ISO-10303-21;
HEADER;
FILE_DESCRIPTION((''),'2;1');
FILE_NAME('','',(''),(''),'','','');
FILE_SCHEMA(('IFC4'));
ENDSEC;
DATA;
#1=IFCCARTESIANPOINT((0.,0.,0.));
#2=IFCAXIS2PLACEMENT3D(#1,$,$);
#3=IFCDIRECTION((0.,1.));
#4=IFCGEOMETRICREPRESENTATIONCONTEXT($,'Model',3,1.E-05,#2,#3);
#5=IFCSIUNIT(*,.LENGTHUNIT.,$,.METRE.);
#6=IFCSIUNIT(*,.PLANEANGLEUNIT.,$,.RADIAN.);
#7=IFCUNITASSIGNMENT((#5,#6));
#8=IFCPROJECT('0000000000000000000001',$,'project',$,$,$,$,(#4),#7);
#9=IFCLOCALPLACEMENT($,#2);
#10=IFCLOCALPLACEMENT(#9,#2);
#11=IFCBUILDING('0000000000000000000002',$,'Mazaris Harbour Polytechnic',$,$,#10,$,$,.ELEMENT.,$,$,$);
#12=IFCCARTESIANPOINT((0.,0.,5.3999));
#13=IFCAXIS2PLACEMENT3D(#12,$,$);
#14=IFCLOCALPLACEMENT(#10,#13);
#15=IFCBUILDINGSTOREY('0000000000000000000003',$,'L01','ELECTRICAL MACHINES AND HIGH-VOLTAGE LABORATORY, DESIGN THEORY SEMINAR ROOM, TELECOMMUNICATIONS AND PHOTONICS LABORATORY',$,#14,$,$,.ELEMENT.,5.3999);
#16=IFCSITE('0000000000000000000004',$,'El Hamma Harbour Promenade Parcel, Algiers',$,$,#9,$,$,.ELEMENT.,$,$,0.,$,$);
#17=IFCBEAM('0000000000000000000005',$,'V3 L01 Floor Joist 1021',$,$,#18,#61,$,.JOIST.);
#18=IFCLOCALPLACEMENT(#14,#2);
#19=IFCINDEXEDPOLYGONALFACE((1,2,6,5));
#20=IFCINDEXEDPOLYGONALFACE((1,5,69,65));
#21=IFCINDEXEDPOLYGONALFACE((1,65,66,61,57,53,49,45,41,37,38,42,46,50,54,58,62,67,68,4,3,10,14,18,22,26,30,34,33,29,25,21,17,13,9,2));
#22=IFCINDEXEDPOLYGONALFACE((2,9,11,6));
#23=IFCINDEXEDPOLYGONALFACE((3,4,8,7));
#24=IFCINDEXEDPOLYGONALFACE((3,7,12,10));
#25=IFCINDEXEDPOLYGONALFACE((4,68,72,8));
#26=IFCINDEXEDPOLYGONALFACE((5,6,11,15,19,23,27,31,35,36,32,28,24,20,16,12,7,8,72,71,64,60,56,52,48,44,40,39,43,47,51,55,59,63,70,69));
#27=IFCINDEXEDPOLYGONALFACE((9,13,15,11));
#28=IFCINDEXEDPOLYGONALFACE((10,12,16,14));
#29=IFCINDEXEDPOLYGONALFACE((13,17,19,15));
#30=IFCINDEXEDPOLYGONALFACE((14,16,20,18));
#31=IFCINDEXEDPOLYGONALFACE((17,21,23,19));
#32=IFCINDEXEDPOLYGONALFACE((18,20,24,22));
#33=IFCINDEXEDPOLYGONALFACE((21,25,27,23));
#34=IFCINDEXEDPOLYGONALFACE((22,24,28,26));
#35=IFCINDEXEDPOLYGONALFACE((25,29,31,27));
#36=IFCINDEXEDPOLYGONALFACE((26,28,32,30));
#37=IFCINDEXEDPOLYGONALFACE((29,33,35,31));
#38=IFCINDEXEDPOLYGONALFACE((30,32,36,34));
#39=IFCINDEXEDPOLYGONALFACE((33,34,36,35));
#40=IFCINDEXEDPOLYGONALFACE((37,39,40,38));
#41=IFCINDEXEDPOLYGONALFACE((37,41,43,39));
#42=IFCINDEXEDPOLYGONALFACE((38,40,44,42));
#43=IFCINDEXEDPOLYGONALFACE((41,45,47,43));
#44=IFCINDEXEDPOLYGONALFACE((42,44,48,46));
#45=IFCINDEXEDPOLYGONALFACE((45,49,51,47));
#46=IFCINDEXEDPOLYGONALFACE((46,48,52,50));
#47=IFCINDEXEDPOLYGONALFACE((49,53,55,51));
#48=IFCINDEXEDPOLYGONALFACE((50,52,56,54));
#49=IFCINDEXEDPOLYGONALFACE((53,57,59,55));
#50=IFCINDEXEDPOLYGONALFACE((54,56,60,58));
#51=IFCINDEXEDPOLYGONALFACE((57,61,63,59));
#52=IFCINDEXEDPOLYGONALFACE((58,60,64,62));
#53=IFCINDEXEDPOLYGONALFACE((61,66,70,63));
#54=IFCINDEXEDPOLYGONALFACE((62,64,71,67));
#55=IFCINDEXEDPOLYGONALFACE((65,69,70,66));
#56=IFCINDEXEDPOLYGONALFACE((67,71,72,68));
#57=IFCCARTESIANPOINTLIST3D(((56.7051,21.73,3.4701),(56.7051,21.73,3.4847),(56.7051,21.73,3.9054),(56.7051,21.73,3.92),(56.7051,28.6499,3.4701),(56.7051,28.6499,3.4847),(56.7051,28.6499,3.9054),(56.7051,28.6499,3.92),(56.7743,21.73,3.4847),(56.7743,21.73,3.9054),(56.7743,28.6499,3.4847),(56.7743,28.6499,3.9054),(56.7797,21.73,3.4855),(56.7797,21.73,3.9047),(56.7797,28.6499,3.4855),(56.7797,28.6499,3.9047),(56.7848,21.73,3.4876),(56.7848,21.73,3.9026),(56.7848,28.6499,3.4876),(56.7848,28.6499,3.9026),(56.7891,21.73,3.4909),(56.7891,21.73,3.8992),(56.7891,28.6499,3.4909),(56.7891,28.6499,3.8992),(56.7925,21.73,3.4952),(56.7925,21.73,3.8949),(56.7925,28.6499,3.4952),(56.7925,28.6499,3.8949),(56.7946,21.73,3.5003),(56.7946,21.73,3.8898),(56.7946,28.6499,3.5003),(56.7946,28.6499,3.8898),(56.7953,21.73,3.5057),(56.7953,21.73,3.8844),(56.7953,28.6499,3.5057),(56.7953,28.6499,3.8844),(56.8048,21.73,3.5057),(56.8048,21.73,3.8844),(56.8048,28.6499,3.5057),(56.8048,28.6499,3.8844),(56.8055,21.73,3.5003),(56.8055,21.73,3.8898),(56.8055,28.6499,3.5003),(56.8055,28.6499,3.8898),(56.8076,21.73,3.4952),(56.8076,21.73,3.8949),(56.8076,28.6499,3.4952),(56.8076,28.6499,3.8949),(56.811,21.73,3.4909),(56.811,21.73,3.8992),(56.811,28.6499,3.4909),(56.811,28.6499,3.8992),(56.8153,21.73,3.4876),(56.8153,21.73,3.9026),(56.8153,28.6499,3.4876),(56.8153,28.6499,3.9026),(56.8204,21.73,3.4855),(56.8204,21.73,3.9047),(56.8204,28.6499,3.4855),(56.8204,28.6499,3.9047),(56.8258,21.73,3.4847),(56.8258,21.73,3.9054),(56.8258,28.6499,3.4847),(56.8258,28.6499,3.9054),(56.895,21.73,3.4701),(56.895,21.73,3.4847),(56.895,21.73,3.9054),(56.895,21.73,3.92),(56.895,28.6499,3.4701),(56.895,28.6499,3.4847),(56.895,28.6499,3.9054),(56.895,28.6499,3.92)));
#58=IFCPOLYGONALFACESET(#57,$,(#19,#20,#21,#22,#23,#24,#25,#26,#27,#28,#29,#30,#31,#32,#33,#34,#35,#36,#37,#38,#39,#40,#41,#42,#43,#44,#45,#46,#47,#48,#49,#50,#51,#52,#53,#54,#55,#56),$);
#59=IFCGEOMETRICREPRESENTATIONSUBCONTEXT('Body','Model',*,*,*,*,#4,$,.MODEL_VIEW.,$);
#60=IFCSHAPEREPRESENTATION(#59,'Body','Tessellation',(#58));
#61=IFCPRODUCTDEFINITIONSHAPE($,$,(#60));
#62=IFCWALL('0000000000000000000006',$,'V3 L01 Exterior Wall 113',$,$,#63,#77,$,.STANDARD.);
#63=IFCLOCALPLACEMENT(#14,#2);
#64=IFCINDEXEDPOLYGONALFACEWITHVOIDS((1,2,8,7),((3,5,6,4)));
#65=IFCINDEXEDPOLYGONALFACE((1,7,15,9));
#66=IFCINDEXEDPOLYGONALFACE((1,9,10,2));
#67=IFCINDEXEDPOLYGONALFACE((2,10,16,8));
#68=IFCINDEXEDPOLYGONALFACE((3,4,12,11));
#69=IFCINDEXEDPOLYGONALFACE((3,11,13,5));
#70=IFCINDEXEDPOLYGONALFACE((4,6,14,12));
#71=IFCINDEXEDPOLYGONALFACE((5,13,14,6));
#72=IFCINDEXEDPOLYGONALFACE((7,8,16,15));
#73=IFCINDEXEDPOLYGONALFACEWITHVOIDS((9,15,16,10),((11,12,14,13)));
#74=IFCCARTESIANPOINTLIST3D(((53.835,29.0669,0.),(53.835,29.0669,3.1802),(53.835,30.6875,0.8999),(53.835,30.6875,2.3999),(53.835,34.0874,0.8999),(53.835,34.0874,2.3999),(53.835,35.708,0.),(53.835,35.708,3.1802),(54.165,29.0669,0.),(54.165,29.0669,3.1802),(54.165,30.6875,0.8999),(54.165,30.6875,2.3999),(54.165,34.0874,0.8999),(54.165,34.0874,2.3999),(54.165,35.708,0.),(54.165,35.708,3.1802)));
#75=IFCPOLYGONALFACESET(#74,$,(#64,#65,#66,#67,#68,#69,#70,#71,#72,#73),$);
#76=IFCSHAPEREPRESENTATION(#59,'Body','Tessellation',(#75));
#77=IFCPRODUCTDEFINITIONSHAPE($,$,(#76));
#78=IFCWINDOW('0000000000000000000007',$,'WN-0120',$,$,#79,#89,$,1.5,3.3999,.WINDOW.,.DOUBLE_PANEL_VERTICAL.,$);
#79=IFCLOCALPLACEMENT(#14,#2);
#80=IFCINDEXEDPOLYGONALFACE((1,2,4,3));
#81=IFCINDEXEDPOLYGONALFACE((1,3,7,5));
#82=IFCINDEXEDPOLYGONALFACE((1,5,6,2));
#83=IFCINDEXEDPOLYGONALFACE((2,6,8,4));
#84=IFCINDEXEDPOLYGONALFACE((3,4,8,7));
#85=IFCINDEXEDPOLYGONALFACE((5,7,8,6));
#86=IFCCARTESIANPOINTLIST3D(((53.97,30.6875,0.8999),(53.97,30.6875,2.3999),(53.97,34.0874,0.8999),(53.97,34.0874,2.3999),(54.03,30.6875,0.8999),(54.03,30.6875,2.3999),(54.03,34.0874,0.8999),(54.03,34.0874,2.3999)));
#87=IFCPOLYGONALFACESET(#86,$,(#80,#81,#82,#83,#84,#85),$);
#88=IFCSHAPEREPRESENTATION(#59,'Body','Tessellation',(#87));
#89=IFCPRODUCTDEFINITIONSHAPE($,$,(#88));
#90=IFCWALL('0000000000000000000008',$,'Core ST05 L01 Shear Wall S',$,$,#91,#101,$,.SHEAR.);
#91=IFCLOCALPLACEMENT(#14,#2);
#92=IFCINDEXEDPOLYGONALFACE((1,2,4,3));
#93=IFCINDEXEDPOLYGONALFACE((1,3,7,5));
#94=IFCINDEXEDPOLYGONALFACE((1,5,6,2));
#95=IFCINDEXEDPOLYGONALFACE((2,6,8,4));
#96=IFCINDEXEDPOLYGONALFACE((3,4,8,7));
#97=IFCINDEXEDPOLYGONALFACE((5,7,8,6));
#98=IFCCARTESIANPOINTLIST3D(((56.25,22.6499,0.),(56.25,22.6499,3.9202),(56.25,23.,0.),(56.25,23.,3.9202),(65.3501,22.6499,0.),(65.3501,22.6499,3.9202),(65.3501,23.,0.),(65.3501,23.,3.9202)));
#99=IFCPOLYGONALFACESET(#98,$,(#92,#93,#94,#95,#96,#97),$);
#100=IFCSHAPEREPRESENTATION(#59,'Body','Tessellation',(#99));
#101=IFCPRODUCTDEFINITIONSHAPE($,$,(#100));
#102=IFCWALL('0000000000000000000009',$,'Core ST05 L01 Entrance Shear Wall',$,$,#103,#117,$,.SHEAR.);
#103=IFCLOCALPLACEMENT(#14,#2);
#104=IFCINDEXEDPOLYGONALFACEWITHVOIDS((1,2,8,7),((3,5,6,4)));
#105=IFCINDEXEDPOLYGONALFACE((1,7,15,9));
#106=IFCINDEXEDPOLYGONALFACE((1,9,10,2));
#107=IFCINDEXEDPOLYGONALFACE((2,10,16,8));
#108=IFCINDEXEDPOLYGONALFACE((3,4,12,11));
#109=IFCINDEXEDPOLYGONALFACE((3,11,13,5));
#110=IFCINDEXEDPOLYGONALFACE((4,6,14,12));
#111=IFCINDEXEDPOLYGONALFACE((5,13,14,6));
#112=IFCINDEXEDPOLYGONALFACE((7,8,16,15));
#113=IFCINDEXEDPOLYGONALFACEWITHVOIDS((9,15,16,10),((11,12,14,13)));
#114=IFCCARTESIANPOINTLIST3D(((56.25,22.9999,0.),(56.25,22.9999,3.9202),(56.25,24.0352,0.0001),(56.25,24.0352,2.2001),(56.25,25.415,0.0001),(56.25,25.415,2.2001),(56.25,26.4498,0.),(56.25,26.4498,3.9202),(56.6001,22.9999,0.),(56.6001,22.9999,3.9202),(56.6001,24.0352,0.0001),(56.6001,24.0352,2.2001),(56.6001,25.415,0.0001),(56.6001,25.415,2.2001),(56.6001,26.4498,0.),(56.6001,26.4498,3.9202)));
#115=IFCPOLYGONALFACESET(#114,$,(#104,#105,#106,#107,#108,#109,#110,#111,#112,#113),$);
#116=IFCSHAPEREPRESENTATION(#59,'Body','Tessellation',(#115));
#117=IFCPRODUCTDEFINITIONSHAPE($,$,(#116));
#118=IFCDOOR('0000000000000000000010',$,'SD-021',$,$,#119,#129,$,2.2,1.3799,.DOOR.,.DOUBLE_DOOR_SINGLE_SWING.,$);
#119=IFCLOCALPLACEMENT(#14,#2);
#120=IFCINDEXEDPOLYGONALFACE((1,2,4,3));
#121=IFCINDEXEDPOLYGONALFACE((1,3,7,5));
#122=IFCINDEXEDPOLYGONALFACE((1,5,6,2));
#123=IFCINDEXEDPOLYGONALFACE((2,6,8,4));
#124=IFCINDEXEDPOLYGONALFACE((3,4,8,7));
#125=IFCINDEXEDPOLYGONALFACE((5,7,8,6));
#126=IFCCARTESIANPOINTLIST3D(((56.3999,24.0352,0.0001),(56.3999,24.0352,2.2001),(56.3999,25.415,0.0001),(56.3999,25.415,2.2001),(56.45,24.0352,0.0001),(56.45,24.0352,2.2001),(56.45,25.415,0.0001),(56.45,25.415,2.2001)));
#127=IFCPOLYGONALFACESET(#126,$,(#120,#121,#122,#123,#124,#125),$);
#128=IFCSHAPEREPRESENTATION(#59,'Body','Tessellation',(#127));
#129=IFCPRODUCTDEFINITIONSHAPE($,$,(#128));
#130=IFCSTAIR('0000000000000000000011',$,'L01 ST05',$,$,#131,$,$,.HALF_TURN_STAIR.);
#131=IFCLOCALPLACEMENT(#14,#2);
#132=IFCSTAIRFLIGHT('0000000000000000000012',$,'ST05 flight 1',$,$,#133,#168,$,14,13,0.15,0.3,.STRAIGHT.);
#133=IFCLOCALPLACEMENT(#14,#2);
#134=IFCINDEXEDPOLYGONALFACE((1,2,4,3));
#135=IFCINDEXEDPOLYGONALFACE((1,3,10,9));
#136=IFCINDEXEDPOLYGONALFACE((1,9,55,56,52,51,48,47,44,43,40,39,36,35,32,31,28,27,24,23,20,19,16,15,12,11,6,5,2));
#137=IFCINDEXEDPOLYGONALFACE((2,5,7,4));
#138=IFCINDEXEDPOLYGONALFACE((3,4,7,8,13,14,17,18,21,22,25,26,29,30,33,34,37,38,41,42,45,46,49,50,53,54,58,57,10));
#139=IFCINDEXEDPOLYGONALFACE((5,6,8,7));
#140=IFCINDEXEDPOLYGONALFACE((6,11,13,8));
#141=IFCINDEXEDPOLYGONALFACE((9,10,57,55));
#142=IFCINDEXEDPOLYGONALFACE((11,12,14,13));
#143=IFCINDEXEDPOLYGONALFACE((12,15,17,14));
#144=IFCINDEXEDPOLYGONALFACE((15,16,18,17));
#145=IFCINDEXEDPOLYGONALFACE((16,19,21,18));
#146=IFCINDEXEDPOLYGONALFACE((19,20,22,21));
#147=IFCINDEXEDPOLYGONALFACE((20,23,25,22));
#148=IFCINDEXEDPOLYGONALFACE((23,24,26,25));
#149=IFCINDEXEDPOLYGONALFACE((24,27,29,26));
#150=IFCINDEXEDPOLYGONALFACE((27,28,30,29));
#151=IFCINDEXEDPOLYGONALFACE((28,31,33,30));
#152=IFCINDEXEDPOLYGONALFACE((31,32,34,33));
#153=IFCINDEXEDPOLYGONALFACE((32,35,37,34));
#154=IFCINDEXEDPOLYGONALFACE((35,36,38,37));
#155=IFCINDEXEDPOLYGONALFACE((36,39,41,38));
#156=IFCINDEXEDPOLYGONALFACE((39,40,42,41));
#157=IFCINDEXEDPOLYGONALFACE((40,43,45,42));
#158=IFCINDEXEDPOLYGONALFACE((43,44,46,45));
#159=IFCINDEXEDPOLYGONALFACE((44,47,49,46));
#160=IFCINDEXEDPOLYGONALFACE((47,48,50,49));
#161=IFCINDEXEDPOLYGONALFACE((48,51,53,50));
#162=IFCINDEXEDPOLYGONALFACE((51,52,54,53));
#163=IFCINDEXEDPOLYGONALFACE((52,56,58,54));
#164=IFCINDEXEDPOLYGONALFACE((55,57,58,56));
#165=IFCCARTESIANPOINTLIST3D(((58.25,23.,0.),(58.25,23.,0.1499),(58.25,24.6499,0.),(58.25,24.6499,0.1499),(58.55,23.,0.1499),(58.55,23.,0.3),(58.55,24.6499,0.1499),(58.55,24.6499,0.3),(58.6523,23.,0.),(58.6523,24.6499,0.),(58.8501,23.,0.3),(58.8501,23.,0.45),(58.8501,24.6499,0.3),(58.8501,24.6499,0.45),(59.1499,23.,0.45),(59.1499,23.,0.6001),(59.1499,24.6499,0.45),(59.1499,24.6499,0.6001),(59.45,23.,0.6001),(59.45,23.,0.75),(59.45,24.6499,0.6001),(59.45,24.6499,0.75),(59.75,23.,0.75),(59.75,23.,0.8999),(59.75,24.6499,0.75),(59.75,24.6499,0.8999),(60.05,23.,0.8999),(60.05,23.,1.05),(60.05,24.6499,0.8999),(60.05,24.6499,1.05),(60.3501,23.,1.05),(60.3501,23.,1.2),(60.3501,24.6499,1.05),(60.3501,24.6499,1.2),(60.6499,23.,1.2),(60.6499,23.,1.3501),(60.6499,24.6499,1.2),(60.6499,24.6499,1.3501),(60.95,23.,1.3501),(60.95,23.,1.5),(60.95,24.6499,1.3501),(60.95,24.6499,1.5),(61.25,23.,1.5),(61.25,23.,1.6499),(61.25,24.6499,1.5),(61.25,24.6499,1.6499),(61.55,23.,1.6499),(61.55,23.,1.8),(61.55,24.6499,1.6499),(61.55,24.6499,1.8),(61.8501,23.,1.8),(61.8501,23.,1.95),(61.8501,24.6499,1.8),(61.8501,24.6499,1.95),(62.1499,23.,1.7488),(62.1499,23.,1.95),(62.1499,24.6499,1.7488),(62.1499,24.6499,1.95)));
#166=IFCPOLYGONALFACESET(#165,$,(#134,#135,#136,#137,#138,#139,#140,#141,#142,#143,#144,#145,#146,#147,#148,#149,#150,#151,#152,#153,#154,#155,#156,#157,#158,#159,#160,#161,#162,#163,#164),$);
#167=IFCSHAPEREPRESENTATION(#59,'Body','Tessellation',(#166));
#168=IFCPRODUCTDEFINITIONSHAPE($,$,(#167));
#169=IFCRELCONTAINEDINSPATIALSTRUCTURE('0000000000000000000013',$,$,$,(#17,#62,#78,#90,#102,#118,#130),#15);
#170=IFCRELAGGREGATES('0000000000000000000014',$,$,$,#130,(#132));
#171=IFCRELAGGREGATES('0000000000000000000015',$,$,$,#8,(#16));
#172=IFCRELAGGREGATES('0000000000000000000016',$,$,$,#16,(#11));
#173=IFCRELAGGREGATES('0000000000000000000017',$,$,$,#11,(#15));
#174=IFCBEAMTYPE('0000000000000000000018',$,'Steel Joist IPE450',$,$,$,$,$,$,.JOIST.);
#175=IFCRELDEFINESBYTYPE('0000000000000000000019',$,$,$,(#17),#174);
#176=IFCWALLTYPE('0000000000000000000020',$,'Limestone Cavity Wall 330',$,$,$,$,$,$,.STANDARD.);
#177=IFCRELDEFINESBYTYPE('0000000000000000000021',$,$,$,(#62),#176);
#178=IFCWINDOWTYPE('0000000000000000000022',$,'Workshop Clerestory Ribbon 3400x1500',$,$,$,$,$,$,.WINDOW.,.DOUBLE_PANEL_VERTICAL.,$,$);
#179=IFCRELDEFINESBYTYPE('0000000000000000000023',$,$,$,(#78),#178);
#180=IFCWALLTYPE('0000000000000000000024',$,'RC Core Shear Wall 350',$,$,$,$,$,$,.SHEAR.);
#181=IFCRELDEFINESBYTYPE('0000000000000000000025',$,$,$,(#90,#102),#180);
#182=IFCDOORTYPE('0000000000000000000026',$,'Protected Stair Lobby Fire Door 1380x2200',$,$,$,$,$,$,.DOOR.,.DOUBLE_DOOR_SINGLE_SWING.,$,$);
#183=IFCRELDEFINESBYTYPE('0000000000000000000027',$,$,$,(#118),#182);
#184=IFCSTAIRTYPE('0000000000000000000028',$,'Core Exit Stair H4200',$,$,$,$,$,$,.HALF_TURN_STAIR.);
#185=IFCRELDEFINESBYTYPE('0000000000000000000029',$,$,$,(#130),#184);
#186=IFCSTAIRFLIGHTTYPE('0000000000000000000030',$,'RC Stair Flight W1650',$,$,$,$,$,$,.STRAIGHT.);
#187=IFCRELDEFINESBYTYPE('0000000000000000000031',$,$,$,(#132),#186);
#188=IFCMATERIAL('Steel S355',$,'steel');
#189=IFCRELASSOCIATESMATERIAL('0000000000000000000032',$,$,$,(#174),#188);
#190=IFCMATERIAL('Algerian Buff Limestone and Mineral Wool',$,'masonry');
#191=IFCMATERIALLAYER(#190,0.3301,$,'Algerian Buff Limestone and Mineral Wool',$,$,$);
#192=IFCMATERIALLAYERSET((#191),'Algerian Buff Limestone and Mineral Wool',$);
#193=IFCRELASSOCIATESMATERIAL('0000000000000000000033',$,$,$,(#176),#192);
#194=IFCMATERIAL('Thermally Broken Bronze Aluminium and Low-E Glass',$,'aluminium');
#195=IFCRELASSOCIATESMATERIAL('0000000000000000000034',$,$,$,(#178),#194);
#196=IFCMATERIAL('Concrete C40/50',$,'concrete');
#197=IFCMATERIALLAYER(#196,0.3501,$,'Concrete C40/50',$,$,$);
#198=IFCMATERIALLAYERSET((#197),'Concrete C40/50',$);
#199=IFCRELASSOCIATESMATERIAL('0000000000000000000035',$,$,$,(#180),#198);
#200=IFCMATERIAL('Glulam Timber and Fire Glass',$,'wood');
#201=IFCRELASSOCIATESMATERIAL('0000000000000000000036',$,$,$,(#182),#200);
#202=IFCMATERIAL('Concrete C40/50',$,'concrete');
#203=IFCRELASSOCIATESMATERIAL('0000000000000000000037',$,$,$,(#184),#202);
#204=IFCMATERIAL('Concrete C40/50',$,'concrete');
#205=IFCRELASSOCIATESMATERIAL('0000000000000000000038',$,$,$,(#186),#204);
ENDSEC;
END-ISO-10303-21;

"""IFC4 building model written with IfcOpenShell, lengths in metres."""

from ifc_helpers import new_model, si_unit, direction, frame, frame_2d, origin, origin_2d, place, context, subcontext, project, spatial, polyline, rectangle, i_section, outline, extrude, material, layer, layer_set, material_profile, profile_set, type_object, element, fill, aggregate, save


model = new_model("IFC4")

# Units and contexts
model_context = context("Model", 3, precision=1e-05, world=origin(), true_north=direction((0.0, 1.0)))
body_context = subcontext(model_context, "Body", "Model", "MODEL_VIEW")
ifc_project = project(units=[si_unit("LENGTHUNIT", "METRE"), si_unit("PLANEANGLEUNIT", "RADIAN")], contexts=[model_context])

# Site, building, storey
site_placement = place(None, origin())
site = spatial("IfcSite", under=ifc_project, at=site_placement, Name="El Hamma Harbour Promenade Parcel, Algiers", CompositionType="ELEMENT", RefElevation=0.0)
building_placement = place(site_placement, origin())
building = spatial("IfcBuilding", under=site, at=building_placement, Name="Mazaris Harbour Polytechnic", CompositionType="ELEMENT")
storey_placement = place(building_placement, frame((0.0, 0.0, 5.3999)))
storey = spatial("IfcBuildingStorey", under=building, at=storey_placement, Name="L01", Description="ELECTRICAL MACHINES AND HIGH-VOLTAGE LABORATORY, DESIGN THEORY SEMINAR ROOM, TELECOMMUNICATIONS AND PHOTONICS LABORATORY", CompositionType="ELEMENT", Elevation=5.3999)

# Beam
ifc_material_1 = material(Name="Steel S355", Category="steel")
ifc_material_profile_1 = material_profile(ifc_material_1, i_section(OverallWidth=0.1899, OverallDepth=0.45, WebThickness=0.0095, FlangeThickness=0.0146, FilletRadius=0.021, at=origin_2d()), Name="IPE 450")
ifc_profile_set_1 = profile_set([ifc_material_profile_1], Name="Steel S355")
beam_type_1 = type_object("IfcBeamType", Name="Steel Joist IPE450", PredefinedType="JOIST", material=ifc_profile_set_1)
beam_1_placement = place(storey_placement, frame((56.8, 21.73, 3.6951), z_axis=(0.0, 1.0, 0.0), x_axis=(-1.0, 0.0, 0.0)))
element("IfcBeam", 1, at=beam_1_placement, inside=storey, type_object=beam_type_1, Name="V3 L01 Floor Joist 1021", PredefinedType="JOIST", context=body_context, shape_type="SweptSolid", body=[
    extrude(i_section(OverallWidth=0.1899, OverallDepth=0.45, WebThickness=0.0095, FlangeThickness=0.0146, FilletRadius=0.021, at=origin_2d()), origin(), (0.0, 0.0, 1.0), 6.9199),
])

# Wall, opening, window
ifc_material_2 = material(Name="Algerian Buff Limestone and Mineral Wool", Category="masonry")
ifc_layer_1 = layer(ifc_material_2, 0.3301, Name="Algerian Buff Limestone and Mineral Wool")
ifc_layer_set_1 = layer_set([ifc_layer_1], Name="Algerian Buff Limestone and Mineral Wool")
wall_type_1 = type_object("IfcWallType", Name="Limestone Cavity Wall 330", PredefinedType="STANDARD", material=ifc_layer_set_1)
wall_1_placement = place(storey_placement, frame((54.0, 29.0669, 0.0), z_axis=(0.0, 0.0, 1.0), x_axis=(0.0, 1.0, 0.0)))
wall_1 = element("IfcWall", 2, at=wall_1_placement, inside=storey, type_object=wall_type_1, Name="V3 L01 Exterior Wall 113", PredefinedType="STANDARD", context=body_context, shape_type="SweptSolid", body=[
    extrude(rectangle(XDim=6.6411, YDim=0.3301, at=frame_2d((3.3206, 0.0))), origin(), (0.0, 0.0, 1.0), 3.1802),
])
opening_1_placement = place(wall_1_placement, frame((1.6206, 0.0, 0.8999)))
opening_1 = element("IfcOpeningElement", 3, at=opening_1_placement, cuts=wall_1, PredefinedType="OPENING", context=body_context, shape_type="SweptSolid", body=[
    extrude(rectangle(XDim=3.3999, YDim=1.5, at=frame_2d((1.7, 0.75))), frame((0.0, 0.175, 0.0), z_axis=(0.0, -1.0, 0.0), x_axis=(1.0, 0.0, 0.0)), (0.0, 0.0, 1.0), 0.3501),
])
ifc_material_3 = material(Name="Thermally Broken Bronze Aluminium and Low-E Glass", Category="aluminium")
window_type = type_object("IfcWindowType", Name="Workshop Clerestory Ribbon 3400x1500", PartitioningType="DOUBLE_PANEL_VERTICAL", PredefinedType="WINDOW", material=ifc_material_3)
window_placement = place(opening_1_placement, origin())
window = element("IfcWindow", 4, at=window_placement, inside=storey, type_object=window_type, Name="WN-0120", OverallHeight=1.5, OverallWidth=3.3999, PartitioningType="DOUBLE_PANEL_VERTICAL", PredefinedType="WINDOW", context=body_context, shape_type="SweptSolid", body=[
    extrude(rectangle(XDim=3.3999, YDim=1.5, at=frame_2d((1.7, 0.75))), frame((0.0, 0.03, 0.0), z_axis=(0.0, -1.0, 0.0), x_axis=(1.0, 0.0, 0.0)), (0.0, 0.0, 1.0), 0.0601),
])
fill(opening_1, window)

# Wall
ifc_material_4 = material(Name="Concrete C40/50", Category="concrete")
ifc_layer_2 = layer(ifc_material_4, 0.3501, Name="Concrete C40/50")
ifc_layer_set_2 = layer_set([ifc_layer_2], Name="Concrete C40/50")
wall_type_2 = type_object("IfcWallType", Name="RC Core Shear Wall 350", PredefinedType="SHEAR", material=ifc_layer_set_2)
wall_2_placement = place(storey_placement, frame((56.25, 22.825, 0.0), z_axis=(0.0, 0.0, 1.0), x_axis=(1.0, 0.0, 0.0)))
element("IfcWall", 5, at=wall_2_placement, inside=storey, type_object=wall_type_2, Name="Core ST05 L01 Shear Wall S", PredefinedType="SHEAR", context=body_context, shape_type="SweptSolid", body=[
    extrude(rectangle(XDim=9.1001, YDim=0.3501, at=frame_2d((4.55, 0.0))), origin(), (0.0, 0.0, 1.0), 3.9202),
])

# Wall, opening, door
wall_3_placement = place(storey_placement, frame((56.425, 26.45, 0.0), z_axis=(0.0, 0.0, 1.0), x_axis=(0.0, -1.0, 0.0)))
wall_3 = element("IfcWall", 6, at=wall_3_placement, inside=storey, type_object=wall_type_2, Name="Core ST05 L01 Entrance Shear Wall", PredefinedType="SHEAR", context=body_context, shape_type="SweptSolid", body=[
    extrude(rectangle(XDim=3.45, YDim=0.3501, at=frame_2d((1.7251, 0.0))), origin(), (0.0, 0.0, 1.0), 3.9202),
])
opening_2_placement = place(wall_3_placement, frame((1.0349, 0.0, 0.0)))
opening_2 = element("IfcOpeningElement", 7, at=opening_2_placement, cuts=wall_3, PredefinedType="OPENING", context=body_context, shape_type="SweptSolid", body=[
    extrude(rectangle(XDim=1.3799, YDim=2.2, at=frame_2d((0.6899, 1.1001))), frame((0.0, 0.1851, 0.0), z_axis=(0.0, -1.0, 0.0), x_axis=(1.0, 0.0, 0.0)), (0.0, 0.0, 1.0), 0.3701),
])
ifc_material_5 = material(Name="Glulam Timber and Fire Glass", Category="wood")
door_type = type_object("IfcDoorType", Name="Protected Stair Lobby Fire Door 1380x2200", OperationType="DOUBLE_DOOR_SINGLE_SWING", PredefinedType="DOOR", material=ifc_material_5)
door_placement = place(opening_2_placement, origin())
door = element("IfcDoor", 8, at=door_placement, inside=storey, type_object=door_type, Name="SD-021", OperationType="DOUBLE_DOOR_SINGLE_SWING", OverallHeight=2.2, OverallWidth=1.3799, PredefinedType="DOOR", context=body_context, shape_type="SweptSolid", body=[
    extrude(rectangle(XDim=1.3799, YDim=2.2, at=frame_2d((0.6899, 1.1001))), frame((0.0, 0.0249, 0.0), z_axis=(0.0, -1.0, 0.0), x_axis=(1.0, 0.0, 0.0)), (0.0, 0.0, 1.0), 0.05),
])
fill(opening_2, door)

# Stair, stair flight
ifc_material_6 = material(Name="Concrete C40/50", Category="concrete")
stair_type = type_object("IfcStairType", Name="Core Exit Stair H4200", PredefinedType="HALF_TURN_STAIR", material=ifc_material_6)
stair_placement = place(storey_placement, origin())
stair = element("IfcStair", 9, at=stair_placement, inside=storey, type_object=stair_type, Name="L01 ST05", PredefinedType="HALF_TURN_STAIR")
ifc_material_7 = material(Name="Concrete C40/50", Category="concrete")
stair_flight_type = type_object("IfcStairFlightType", Name="RC Stair Flight W1650", PredefinedType="STRAIGHT", material=ifc_material_7)
stair_flight_1_placement = place(storey_placement, frame((58.25, 23.825, 0.0), z_axis=(0.0, 0.0, 1.0), x_axis=(1.0, 0.0, 0.0)))
stair_flight_1 = element("IfcStairFlight", 10, at=stair_flight_1_placement, type_object=stair_flight_type, Name="ST05 flight 1", NumberOfRisers=14, NumberOfTreads=13, PredefinedType="STRAIGHT", RiserHeight=0.15, TreadLength=0.3, context=body_context, shape_type="SweptSolid", body=[
    extrude(outline(polyline([(0.0, 0.0), (0.0, 0.1499), (0.3, 0.1499), (0.3, 0.3), (0.6001, 0.3), (0.6001, 0.45), (0.8999, 0.45), (0.8999, 0.6001), (1.2, 0.6001), (1.2, 0.75), (1.5, 0.75), (1.5, 0.8999), (1.8, 0.8999), (1.8, 1.05), (2.1001, 1.05), (2.1001, 1.2), (2.3999, 1.2), (2.3999, 1.3501), (2.7, 1.3501), (2.7, 1.5), (3.0, 1.5), (3.0, 1.6499), (3.3, 1.6499), (3.3, 1.8), (3.6001, 1.8), (3.6001, 1.95), (3.8999, 1.95), (3.8999, 2.1001), (3.8999, 1.7488), (0.4023, 0.0), (0.0, 0.0)])), frame((0.0, 0.825, 0.0), z_axis=(0.0, -1.0, 0.0), x_axis=(1.0, 0.0, 0.0)), (0.0, 0.0, 1.0), 1.6499),
])
aggregate(stair, [stair_flight_1])

save(model, "model.ifc")
